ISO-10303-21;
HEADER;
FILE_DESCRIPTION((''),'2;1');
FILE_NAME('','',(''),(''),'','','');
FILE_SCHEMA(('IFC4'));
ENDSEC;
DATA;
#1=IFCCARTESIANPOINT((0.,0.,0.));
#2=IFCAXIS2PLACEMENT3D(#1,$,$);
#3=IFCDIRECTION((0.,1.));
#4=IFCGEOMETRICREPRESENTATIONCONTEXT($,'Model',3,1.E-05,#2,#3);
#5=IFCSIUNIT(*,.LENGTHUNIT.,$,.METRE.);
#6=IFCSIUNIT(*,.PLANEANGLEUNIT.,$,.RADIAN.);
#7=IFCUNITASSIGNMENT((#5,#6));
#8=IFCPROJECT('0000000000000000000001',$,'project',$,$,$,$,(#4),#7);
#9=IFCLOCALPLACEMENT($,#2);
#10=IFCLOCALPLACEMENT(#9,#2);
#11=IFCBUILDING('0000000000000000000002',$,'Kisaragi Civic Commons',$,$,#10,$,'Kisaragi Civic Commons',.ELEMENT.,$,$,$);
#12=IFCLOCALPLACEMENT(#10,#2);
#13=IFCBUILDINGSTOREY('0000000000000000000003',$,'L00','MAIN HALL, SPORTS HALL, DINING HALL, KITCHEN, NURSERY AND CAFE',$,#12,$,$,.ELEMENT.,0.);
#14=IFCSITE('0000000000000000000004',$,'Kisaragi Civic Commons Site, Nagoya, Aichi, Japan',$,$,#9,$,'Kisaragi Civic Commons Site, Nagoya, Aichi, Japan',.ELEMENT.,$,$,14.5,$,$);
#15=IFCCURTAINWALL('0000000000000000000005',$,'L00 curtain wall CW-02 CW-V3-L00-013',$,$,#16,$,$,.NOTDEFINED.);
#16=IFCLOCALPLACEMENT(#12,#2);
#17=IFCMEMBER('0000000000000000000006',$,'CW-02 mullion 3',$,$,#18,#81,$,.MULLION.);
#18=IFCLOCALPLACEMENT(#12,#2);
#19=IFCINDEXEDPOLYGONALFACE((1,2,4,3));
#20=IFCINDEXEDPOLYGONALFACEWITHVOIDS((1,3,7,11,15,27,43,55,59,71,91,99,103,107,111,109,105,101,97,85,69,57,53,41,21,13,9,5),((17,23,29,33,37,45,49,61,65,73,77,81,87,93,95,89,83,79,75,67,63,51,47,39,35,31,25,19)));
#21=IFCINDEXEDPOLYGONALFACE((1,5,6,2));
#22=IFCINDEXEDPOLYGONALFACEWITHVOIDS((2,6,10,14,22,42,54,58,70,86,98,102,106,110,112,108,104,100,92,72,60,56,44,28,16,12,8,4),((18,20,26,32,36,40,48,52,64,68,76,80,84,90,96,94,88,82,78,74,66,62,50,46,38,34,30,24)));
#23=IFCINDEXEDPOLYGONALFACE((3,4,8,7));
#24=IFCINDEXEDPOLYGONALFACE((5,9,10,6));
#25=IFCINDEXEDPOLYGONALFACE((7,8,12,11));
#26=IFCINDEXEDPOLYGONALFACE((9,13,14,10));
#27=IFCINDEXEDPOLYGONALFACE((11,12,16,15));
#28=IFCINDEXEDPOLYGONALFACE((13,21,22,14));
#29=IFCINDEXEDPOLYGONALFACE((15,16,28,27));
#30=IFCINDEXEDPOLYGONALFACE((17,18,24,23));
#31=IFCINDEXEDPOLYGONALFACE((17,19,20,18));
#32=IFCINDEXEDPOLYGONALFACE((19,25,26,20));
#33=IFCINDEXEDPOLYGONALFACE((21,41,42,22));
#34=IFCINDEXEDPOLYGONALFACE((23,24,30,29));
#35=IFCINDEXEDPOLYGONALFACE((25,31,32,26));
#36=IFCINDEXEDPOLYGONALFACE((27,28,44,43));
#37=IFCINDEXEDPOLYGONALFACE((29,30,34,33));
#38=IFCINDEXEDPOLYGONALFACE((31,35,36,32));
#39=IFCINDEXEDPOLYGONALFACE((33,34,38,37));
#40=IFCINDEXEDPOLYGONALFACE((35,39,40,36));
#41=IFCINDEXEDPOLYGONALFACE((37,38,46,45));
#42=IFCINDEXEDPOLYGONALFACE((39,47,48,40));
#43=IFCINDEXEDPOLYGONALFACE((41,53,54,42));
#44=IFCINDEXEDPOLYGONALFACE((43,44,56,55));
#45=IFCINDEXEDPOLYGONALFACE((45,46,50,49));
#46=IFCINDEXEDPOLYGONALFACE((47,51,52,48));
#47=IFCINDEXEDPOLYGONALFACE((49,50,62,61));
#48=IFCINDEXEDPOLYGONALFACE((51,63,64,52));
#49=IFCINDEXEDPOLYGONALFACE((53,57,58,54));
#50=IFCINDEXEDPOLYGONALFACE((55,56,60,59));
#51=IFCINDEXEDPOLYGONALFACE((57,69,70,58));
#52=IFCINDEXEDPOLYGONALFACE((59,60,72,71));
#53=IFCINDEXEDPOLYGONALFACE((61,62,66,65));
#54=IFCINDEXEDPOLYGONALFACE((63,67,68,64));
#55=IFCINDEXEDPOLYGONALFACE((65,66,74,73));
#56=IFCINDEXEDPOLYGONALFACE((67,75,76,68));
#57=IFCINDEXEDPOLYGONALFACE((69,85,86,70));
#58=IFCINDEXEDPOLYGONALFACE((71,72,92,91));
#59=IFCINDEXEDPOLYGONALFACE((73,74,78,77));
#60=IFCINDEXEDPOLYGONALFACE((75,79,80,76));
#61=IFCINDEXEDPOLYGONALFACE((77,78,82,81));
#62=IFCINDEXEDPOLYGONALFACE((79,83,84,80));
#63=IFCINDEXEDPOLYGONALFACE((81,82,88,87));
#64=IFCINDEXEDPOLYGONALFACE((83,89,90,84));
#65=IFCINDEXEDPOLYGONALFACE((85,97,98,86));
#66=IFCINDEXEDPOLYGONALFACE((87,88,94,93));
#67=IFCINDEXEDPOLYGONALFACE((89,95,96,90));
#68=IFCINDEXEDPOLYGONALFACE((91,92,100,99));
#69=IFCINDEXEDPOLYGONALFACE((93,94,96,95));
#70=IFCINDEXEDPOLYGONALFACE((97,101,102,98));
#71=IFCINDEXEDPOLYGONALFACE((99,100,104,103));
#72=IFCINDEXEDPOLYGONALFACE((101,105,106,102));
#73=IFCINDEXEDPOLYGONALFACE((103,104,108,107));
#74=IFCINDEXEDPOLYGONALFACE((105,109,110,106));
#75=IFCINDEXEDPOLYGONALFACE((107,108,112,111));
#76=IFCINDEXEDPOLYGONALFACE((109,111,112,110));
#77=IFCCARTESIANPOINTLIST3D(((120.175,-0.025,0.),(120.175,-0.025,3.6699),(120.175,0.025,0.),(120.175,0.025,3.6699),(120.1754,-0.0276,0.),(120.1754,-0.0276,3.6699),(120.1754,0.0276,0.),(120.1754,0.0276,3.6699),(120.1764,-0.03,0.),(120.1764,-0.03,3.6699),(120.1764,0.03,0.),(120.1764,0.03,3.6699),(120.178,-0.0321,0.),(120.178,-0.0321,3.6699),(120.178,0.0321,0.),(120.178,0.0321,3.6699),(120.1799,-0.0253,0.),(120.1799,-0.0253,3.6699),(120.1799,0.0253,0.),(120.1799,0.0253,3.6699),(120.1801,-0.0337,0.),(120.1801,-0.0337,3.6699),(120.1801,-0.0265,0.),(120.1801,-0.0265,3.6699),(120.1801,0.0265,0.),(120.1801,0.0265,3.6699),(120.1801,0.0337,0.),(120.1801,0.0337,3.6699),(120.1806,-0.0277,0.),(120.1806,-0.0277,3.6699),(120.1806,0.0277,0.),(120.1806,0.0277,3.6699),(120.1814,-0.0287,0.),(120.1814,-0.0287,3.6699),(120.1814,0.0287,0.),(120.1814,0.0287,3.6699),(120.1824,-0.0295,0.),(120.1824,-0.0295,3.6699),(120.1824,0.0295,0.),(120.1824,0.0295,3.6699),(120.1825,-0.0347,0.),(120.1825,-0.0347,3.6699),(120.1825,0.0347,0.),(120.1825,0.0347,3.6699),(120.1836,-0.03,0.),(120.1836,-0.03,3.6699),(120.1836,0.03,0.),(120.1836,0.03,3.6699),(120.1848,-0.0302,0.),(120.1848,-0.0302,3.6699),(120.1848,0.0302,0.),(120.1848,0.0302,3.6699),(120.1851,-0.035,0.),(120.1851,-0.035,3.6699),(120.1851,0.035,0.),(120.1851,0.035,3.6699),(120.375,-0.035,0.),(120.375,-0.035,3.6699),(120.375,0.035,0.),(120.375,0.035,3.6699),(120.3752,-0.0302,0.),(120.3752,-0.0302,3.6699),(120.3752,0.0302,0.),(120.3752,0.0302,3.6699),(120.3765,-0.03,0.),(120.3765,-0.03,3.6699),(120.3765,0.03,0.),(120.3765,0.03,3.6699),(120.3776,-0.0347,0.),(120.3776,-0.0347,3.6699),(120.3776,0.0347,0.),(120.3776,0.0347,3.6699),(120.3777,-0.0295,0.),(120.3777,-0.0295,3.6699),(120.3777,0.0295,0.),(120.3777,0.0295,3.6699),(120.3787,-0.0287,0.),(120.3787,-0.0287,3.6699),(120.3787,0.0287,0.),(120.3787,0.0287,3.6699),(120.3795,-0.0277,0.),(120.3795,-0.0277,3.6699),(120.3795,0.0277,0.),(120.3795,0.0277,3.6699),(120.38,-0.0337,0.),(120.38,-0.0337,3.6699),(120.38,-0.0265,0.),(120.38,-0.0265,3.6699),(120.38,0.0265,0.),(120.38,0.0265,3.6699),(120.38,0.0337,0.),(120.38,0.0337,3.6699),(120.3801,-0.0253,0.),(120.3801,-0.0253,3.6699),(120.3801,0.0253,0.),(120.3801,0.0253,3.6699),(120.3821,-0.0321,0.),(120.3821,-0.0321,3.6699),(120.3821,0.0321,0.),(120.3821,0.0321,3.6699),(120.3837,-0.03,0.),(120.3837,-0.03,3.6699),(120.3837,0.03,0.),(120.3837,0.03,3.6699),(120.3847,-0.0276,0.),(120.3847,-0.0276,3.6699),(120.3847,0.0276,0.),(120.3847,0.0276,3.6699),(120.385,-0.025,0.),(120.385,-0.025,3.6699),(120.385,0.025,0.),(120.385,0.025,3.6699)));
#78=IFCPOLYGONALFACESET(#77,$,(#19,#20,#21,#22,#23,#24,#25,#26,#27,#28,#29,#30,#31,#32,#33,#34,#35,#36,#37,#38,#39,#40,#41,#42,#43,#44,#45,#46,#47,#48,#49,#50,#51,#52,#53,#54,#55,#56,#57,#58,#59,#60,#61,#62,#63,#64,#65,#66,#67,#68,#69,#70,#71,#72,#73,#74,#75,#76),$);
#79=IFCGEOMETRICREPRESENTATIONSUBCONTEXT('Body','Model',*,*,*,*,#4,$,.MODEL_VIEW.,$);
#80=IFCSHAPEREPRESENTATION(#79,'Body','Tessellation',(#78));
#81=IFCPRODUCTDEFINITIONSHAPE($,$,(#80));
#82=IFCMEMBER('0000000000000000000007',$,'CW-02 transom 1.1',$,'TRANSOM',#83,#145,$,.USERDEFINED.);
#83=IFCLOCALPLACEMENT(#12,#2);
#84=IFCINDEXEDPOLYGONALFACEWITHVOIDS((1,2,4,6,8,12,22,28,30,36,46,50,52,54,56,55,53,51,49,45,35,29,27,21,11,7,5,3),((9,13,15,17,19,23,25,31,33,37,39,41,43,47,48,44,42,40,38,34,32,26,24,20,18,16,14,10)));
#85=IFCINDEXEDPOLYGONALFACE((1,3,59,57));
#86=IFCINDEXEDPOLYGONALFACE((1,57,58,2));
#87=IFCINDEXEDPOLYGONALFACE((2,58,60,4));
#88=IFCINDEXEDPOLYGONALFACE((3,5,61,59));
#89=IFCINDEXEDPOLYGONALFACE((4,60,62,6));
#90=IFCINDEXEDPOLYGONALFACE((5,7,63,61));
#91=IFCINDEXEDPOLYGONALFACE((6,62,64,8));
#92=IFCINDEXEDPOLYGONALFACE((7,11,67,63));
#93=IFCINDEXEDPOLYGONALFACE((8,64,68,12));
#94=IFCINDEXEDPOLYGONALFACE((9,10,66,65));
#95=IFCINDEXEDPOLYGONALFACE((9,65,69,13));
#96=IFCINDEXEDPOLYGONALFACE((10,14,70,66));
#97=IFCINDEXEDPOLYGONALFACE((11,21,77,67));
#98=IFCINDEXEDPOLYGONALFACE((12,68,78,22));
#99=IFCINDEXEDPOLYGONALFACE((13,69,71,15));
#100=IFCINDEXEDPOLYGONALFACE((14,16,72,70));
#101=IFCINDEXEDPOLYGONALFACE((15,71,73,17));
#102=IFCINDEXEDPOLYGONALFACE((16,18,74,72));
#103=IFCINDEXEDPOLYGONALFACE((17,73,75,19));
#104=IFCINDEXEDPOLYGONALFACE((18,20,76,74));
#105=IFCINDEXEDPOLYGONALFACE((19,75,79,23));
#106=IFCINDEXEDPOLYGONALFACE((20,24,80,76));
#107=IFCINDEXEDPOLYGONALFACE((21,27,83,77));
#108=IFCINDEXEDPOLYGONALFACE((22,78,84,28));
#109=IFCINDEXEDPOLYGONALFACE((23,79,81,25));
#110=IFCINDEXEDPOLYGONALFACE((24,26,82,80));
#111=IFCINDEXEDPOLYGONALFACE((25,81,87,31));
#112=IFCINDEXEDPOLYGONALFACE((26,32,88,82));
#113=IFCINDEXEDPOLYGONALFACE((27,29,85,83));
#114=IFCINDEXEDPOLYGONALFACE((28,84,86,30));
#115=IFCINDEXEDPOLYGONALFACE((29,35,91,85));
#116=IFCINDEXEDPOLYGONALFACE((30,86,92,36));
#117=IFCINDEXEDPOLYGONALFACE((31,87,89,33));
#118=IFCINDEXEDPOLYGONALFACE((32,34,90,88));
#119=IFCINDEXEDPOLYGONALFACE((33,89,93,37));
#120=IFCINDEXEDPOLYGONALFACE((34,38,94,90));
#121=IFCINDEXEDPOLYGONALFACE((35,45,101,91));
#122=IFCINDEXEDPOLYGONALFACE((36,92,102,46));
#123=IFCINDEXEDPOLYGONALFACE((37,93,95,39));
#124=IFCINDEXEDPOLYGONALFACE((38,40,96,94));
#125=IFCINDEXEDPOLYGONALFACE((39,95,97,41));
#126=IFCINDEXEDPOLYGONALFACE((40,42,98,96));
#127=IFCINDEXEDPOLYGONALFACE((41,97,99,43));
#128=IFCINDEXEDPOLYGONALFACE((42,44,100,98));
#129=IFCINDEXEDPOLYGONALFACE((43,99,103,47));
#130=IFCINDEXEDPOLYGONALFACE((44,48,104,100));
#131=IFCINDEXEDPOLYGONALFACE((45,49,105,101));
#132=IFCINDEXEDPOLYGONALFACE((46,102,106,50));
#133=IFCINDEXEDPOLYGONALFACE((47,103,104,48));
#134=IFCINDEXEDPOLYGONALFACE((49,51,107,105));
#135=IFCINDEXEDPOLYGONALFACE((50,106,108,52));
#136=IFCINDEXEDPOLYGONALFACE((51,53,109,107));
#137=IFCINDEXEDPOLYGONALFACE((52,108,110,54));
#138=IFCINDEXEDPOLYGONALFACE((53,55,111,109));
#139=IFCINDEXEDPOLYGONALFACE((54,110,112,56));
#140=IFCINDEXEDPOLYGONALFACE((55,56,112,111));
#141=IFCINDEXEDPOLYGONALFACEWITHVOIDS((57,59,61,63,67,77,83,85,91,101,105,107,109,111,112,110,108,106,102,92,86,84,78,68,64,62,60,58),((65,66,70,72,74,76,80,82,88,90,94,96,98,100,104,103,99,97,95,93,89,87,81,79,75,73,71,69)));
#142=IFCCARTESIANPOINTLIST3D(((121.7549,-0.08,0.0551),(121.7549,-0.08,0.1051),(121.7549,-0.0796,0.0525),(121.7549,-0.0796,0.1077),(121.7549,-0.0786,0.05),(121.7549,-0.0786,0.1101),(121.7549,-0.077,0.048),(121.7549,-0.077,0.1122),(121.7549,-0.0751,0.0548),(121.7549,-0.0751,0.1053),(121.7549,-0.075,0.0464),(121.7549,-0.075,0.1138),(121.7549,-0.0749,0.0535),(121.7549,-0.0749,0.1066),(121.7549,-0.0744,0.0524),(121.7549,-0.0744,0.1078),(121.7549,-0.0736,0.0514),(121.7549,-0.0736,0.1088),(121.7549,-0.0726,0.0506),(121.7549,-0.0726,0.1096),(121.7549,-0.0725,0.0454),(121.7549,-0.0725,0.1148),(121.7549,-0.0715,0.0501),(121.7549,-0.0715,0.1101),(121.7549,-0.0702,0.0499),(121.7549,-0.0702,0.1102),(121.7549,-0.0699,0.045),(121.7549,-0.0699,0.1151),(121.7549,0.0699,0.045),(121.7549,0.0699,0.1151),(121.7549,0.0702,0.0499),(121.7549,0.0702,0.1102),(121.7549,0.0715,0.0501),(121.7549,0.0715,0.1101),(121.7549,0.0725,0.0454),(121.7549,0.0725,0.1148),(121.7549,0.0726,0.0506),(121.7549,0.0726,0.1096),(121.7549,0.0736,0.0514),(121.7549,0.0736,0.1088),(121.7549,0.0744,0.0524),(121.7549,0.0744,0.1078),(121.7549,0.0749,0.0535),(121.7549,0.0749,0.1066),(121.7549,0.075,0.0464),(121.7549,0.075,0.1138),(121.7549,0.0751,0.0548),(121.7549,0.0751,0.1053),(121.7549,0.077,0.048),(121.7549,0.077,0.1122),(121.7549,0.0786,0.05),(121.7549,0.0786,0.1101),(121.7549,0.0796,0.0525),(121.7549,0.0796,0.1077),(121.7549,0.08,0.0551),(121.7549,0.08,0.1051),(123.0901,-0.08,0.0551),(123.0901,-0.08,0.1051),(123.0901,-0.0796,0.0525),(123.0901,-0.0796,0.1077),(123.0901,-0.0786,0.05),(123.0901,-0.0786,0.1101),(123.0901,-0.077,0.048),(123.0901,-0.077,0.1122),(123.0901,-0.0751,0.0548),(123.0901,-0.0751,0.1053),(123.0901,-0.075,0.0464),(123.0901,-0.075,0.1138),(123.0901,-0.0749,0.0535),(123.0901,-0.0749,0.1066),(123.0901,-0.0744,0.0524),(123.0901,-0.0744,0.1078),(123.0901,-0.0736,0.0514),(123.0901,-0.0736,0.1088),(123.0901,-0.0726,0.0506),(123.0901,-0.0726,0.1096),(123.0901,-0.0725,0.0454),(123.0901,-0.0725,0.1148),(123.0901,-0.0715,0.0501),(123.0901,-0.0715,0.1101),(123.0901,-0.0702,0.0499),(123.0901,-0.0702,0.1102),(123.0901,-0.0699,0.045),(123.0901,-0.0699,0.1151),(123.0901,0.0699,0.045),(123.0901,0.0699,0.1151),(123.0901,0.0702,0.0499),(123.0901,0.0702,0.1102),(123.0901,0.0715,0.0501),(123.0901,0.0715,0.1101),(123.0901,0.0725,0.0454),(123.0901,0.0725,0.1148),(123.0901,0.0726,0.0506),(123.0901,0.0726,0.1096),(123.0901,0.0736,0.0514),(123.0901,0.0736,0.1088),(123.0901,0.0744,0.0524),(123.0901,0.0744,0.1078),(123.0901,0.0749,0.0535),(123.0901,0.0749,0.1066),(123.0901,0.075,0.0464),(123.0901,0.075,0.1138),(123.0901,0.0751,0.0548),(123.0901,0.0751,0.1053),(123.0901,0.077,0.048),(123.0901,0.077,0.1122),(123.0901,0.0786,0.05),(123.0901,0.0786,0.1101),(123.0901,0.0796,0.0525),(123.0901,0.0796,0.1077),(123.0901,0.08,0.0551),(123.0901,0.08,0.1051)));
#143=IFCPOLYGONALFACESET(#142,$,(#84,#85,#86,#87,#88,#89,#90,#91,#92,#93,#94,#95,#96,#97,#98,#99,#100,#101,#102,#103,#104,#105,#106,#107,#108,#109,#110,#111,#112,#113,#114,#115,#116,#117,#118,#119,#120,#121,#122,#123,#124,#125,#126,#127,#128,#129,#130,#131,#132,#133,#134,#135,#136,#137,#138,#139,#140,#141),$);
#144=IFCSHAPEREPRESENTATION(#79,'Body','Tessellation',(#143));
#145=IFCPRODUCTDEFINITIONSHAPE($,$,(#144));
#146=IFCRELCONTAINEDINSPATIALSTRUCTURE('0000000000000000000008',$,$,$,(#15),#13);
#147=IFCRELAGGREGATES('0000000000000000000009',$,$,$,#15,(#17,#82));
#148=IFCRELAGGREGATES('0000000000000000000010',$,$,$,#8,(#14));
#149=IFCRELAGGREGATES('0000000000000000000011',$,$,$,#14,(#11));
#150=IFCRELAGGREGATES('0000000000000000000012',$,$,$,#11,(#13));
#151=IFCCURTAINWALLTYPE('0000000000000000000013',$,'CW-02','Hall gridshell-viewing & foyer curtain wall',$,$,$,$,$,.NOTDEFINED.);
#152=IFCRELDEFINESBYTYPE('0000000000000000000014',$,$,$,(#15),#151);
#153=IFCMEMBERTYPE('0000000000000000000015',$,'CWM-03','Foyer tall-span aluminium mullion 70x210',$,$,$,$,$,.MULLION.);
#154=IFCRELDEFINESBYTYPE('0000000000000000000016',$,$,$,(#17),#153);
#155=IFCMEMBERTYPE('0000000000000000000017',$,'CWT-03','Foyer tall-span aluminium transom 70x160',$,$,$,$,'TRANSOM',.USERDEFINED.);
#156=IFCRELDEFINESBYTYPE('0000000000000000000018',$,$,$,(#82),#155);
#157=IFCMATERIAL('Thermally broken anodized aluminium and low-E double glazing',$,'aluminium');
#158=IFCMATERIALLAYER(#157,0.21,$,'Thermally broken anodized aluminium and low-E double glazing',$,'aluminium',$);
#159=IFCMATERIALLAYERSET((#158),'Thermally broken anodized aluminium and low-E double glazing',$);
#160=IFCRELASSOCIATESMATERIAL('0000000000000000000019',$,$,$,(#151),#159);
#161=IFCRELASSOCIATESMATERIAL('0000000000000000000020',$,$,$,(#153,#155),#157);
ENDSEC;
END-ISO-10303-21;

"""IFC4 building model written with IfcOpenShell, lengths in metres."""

from ifc_helpers import new_model, si_unit, direction, frame, origin, origin_2d, place, context, subcontext, project, spatial, hollow_rectangle, extrude, material, layer, layer_set, material_profile, profile_set, type_object, element, aggregate, save


model = new_model("IFC4")

# Units and contexts
model_context = context("Model", 3, precision=1e-05, world=origin(), true_north=direction((0.0, 1.0)))
body_context = subcontext(model_context, "Body", "Model", "MODEL_VIEW")
ifc_project = project(units=[si_unit("LENGTHUNIT", "METRE"), si_unit("PLANEANGLEUNIT", "RADIAN")], contexts=[model_context])

# Site, building, storey
site_placement = place(None, origin())
site = spatial("IfcSite", under=ifc_project, at=site_placement, Name="Kisaragi Civic Commons Site, Nagoya, Aichi, Japan", LongName="Kisaragi Civic Commons Site, Nagoya, Aichi, Japan", CompositionType="ELEMENT", RefElevation=14.5)
building_placement = place(site_placement, origin())
building = spatial("IfcBuilding", under=site, at=building_placement, Name="Kisaragi Civic Commons", LongName="Kisaragi Civic Commons", CompositionType="ELEMENT")
storey_placement = place(building_placement, origin())
storey = spatial("IfcBuildingStorey", under=building, at=storey_placement, Name="L00", Description="MAIN HALL, SPORTS HALL, DINING HALL, KITCHEN, NURSERY AND CAFE", CompositionType="ELEMENT", Elevation=0.0)

# Curtain wall, members
ifc_material_1 = material(Name="Thermally broken anodized aluminium and low-E double glazing", Category="aluminium")
ifc_layer_1 = layer(ifc_material_1, 0.21, Name="Thermally broken anodized aluminium and low-E double glazing", Category="aluminium")
ifc_layer_set_1 = layer_set([ifc_layer_1], Name="Thermally broken anodized aluminium and low-E double glazing")
curtain_wall_type = type_object("IfcCurtainWallType", Name="CW-02", Description="Hall gridshell-viewing & foyer curtain wall", PredefinedType="NOTDEFINED", material=ifc_layer_set_1)
curtain_wall_placement = place(storey_placement, origin())
curtain_wall = element("IfcCurtainWall", 1, at=curtain_wall_placement, inside=storey, type_object=curtain_wall_type, Name="L00 curtain wall CW-02 CW-V3-L00-013", PredefinedType="NOTDEFINED")
ifc_material_profile_1 = material_profile(ifc_material_1, hollow_rectangle(XDim=0.0701, YDim=0.21, WallThickness=0.0049, InnerFilletRadius=0.0049, OuterFilletRadius=0.01, at=origin_2d()), Name="CWM-70x210x5", Category="aluminium")
ifc_profile_set_1 = profile_set([ifc_material_profile_1], Name="Thermally broken anodized aluminium and low-E double glazing")
member_type_1 = type_object("IfcMemberType", Name="CWM-03", Description="Foyer tall-span aluminium mullion 70x210", PredefinedType="MULLION", material=ifc_profile_set_1)
member_1_placement = place(storey_placement, frame((120.28, 0.0, 0.0), z_axis=(0.0, 0.0, 1.0), x_axis=(0.0, -1.0, 0.0)))
member_1 = element("IfcMember", 2, at=member_1_placement, type_object=member_type_1, Name="CW-02 mullion 3", PredefinedType="MULLION", context=body_context, shape_type="SweptSolid", body=[
    extrude(hollow_rectangle(XDim=0.0701, YDim=0.21, WallThickness=0.0049, InnerFilletRadius=0.0049, OuterFilletRadius=0.01, at=origin_2d()), origin(), (0.0, 0.0, 1.0), 3.6699),
])
ifc_material_profile_2 = material_profile(ifc_material_1, hollow_rectangle(XDim=0.1599, YDim=0.0701, WallThickness=0.0049, InnerFilletRadius=0.0049, OuterFilletRadius=0.01, at=origin_2d()), Name="CWT-70x160x5", Category="aluminium")
ifc_profile_set_2 = profile_set([ifc_material_profile_2], Name="Thermally broken anodized aluminium and low-E double glazing")
member_type_2 = type_object("IfcMemberType", Name="CWT-03", Description="Foyer tall-span aluminium transom 70x160", ElementType="TRANSOM", PredefinedType="USERDEFINED", material=ifc_profile_set_2)
member_2_placement = place(storey_placement, frame((123.0901, 0.0, 0.0801), z_axis=(-1.0, 0.0, 0.0), x_axis=(0.0, -1.0, 0.0)))
member_2 = element("IfcMember", 3, at=member_2_placement, type_object=member_type_2, Name="CW-02 transom 1.1", ObjectType="TRANSOM", PredefinedType="USERDEFINED", context=body_context, shape_type="SweptSolid", body=[
    extrude(hollow_rectangle(XDim=0.1599, YDim=0.0701, WallThickness=0.0049, InnerFilletRadius=0.0049, OuterFilletRadius=0.01, at=origin_2d()), origin(), (0.0, 0.0, 1.0), 1.3352),
])

aggregate(curtain_wall, [member_1, member_2])

save(model, "model.ifc")
